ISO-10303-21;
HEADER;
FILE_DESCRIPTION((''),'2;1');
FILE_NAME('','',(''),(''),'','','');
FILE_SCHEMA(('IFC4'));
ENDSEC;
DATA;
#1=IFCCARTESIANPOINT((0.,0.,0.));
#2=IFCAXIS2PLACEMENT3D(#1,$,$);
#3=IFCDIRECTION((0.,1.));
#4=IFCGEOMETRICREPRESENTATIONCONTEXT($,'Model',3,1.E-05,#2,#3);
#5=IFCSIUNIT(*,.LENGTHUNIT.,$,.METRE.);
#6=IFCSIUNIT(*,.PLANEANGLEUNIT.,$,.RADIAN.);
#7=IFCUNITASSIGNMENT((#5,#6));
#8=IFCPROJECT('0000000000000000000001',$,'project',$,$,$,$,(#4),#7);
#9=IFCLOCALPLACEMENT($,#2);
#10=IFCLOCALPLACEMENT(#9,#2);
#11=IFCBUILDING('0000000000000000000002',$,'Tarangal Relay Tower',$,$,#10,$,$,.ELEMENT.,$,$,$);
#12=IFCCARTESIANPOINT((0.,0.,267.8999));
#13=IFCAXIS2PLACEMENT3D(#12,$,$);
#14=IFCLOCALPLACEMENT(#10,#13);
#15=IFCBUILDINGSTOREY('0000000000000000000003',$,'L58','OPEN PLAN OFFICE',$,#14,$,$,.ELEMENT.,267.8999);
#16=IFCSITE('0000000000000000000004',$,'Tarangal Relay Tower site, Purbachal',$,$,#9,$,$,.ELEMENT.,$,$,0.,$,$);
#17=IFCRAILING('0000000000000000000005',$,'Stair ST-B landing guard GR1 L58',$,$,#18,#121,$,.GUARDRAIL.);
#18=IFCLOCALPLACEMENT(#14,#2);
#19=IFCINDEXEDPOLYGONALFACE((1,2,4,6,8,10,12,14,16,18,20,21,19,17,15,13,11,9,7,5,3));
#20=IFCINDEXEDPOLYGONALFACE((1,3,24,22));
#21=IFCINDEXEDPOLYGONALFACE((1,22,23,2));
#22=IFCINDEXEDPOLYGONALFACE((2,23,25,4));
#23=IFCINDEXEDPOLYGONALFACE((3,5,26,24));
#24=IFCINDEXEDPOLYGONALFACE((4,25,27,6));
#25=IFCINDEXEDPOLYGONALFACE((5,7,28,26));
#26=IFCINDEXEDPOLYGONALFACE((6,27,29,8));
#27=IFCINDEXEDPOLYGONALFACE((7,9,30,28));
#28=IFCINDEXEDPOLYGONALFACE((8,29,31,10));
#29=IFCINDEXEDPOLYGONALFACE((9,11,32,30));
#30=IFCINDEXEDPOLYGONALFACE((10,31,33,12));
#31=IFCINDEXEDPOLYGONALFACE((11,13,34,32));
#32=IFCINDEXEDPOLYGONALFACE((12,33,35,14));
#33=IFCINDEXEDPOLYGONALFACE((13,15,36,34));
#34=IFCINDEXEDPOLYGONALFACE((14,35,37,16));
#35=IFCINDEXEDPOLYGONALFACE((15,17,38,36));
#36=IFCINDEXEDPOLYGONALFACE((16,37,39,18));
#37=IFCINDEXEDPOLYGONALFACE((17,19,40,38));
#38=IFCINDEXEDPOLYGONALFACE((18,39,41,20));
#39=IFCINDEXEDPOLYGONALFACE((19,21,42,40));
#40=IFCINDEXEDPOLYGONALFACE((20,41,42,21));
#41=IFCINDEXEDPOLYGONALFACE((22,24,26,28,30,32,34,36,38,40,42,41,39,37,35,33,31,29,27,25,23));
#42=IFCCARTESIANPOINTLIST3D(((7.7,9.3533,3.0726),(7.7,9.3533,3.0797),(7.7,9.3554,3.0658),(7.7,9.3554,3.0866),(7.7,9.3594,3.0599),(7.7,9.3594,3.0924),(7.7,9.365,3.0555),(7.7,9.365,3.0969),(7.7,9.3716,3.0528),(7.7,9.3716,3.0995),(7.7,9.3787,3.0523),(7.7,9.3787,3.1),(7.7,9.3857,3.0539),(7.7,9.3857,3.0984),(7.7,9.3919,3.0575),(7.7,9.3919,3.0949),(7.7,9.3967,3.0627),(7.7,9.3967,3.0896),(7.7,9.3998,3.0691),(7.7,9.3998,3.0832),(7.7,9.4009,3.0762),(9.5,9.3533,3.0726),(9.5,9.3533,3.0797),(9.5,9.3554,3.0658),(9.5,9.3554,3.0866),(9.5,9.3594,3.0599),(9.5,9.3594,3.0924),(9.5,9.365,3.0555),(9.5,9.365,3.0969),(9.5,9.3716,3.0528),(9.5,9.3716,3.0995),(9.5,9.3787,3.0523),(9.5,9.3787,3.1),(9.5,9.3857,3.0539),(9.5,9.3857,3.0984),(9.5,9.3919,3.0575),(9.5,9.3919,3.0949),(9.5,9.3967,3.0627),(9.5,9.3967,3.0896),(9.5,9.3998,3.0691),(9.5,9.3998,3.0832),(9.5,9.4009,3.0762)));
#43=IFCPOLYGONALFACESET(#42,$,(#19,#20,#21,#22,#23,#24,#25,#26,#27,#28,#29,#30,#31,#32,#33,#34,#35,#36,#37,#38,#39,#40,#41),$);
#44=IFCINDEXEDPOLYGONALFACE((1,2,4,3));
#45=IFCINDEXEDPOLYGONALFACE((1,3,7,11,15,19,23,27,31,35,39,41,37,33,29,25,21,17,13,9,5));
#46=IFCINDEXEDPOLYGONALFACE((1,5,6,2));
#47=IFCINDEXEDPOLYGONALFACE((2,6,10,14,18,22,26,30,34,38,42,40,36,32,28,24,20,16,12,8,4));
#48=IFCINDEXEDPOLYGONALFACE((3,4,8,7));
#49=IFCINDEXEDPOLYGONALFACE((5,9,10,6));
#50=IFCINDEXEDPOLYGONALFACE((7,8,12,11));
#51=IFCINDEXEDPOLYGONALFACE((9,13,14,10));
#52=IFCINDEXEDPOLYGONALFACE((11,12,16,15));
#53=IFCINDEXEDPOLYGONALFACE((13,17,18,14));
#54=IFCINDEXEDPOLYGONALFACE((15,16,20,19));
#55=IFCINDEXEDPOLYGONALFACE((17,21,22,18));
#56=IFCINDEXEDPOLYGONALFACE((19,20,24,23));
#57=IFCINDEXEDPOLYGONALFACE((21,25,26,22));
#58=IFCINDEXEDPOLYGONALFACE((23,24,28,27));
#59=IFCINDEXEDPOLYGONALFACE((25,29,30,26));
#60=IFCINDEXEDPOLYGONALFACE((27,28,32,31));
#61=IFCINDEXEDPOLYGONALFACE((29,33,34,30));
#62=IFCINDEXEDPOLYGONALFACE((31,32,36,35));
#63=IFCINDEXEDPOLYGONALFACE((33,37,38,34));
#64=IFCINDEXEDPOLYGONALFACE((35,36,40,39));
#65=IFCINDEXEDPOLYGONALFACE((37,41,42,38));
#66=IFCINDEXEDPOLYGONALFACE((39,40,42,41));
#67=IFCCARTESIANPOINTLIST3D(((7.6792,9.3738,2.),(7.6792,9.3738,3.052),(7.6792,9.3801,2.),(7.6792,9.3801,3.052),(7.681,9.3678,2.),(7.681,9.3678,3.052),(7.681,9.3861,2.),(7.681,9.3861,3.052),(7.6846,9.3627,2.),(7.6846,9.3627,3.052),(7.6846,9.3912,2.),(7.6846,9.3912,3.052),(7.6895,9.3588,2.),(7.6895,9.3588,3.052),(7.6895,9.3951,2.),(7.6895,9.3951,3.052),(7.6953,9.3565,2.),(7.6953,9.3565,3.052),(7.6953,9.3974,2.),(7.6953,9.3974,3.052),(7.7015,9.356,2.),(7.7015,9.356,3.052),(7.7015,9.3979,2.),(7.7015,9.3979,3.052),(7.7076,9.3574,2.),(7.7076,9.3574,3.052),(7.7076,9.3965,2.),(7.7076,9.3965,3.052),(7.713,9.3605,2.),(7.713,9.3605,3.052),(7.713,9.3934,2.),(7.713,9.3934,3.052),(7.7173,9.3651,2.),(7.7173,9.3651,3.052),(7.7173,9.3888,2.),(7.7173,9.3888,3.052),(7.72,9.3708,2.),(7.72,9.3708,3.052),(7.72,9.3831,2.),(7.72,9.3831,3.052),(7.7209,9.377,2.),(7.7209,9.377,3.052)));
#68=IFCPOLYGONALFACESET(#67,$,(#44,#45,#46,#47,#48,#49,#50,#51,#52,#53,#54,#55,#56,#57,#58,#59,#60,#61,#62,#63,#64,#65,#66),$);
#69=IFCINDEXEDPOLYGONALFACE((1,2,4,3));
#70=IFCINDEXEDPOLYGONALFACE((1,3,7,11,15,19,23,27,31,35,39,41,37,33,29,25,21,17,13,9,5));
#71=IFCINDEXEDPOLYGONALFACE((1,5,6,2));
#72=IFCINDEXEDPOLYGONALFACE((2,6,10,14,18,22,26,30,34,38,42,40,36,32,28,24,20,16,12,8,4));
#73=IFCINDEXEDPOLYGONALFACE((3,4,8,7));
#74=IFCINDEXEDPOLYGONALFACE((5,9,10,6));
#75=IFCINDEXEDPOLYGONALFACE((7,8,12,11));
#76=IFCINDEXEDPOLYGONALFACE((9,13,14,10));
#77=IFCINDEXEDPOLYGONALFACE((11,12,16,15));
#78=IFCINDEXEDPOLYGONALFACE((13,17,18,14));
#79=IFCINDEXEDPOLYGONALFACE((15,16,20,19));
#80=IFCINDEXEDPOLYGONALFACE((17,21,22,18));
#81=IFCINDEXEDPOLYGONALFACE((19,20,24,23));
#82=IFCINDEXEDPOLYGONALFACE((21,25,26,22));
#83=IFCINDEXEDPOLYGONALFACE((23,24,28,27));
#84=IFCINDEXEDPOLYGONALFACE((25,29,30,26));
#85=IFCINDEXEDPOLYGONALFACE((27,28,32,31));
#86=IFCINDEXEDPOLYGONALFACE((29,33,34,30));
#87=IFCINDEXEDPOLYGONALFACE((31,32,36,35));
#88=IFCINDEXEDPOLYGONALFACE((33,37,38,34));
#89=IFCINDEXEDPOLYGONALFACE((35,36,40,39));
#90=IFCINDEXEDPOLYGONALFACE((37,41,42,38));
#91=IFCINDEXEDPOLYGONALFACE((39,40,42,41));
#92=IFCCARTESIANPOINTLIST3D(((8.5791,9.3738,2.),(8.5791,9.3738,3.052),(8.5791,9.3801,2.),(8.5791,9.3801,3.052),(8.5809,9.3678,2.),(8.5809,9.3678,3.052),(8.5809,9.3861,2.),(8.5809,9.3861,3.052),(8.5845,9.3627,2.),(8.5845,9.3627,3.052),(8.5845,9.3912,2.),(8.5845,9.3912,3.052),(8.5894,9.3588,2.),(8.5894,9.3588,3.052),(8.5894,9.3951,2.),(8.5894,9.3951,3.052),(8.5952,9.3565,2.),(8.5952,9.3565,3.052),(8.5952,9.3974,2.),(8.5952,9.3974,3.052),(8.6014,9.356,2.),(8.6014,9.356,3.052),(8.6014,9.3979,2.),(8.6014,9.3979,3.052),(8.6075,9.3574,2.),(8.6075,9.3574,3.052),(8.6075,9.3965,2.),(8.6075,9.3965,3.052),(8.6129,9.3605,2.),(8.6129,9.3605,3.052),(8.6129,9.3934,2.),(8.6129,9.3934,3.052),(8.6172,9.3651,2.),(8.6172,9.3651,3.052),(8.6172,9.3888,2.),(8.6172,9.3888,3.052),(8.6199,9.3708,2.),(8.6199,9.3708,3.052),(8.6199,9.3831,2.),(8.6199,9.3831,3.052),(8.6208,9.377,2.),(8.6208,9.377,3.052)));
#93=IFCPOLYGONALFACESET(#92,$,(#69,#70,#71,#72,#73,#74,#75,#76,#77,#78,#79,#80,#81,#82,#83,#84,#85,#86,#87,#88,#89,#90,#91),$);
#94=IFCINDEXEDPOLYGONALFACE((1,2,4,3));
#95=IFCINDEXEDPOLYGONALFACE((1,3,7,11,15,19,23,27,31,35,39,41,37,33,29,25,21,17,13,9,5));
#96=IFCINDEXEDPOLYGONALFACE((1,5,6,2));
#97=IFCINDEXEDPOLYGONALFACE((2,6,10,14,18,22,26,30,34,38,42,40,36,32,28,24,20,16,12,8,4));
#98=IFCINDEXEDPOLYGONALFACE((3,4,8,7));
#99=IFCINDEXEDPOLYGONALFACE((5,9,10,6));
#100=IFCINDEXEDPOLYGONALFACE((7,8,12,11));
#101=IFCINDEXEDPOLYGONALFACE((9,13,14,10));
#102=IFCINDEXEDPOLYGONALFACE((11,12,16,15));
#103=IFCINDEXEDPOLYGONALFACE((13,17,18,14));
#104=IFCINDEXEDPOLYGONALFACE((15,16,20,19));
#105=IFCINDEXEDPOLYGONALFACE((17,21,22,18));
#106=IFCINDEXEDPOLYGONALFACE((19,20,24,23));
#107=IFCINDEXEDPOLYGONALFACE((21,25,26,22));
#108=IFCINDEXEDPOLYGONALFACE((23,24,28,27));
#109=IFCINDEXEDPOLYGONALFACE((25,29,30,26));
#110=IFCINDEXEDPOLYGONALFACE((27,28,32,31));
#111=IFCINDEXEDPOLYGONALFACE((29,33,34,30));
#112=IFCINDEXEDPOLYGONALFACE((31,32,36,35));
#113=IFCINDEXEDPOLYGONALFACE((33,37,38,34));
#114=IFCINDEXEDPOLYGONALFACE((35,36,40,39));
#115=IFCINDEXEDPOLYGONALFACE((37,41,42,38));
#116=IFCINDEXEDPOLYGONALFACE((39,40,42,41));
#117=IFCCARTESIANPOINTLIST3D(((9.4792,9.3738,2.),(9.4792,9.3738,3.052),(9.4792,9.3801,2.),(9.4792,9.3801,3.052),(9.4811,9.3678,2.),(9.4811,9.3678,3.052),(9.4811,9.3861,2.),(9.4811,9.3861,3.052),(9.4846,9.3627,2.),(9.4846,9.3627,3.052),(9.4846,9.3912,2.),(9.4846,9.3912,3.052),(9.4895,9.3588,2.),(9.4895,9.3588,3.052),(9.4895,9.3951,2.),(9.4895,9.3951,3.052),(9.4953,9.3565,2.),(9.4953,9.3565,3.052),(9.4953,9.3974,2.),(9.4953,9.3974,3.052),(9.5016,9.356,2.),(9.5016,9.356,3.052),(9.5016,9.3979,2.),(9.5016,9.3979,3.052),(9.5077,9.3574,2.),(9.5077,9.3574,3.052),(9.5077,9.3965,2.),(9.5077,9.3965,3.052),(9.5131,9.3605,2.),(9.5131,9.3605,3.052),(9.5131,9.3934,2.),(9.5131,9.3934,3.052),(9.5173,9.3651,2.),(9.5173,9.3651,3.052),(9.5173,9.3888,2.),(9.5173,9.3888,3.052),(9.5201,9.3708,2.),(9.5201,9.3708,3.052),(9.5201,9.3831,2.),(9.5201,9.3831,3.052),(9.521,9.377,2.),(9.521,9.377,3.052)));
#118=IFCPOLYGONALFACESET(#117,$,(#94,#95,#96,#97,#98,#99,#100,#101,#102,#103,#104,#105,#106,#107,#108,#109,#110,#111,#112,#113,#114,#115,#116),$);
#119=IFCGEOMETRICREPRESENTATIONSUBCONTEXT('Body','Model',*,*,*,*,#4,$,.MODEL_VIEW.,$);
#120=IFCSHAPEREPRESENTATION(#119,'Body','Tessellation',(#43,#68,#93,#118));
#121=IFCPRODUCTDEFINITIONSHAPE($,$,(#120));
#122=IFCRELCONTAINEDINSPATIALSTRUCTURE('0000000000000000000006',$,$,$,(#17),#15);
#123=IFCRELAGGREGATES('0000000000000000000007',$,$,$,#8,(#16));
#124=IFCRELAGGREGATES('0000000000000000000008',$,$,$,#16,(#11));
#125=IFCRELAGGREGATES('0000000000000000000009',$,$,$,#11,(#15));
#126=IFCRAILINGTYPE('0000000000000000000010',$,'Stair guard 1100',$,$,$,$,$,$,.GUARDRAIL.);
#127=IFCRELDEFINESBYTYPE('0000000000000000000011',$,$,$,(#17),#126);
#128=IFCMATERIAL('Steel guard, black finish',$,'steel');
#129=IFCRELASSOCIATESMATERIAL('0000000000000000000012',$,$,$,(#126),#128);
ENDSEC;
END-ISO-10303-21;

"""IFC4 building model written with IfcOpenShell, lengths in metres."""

from ifc_helpers import new_model, si_unit, direction, frame, origin, origin_2d, place, context, subcontext, project, spatial, circle, extrude, material, type_object, element, save


model = new_model("IFC4")

# Units and contexts
model_context = context("Model", 3, precision=1e-05, world=origin(), true_north=direction((0.0, 1.0)))
body_context = subcontext(model_context, "Body", "Model", "MODEL_VIEW")
ifc_project = project(units=[si_unit("LENGTHUNIT", "METRE"), si_unit("PLANEANGLEUNIT", "RADIAN")], contexts=[model_context])

# Site, building, storey
site_placement = place(None, origin())
site = spatial("IfcSite", under=ifc_project, at=site_placement, Name="Tarangal Relay Tower site, Purbachal", CompositionType="ELEMENT", RefElevation=0.0)
building_placement = place(site_placement, origin())
building = spatial("IfcBuilding", under=site, at=building_placement, Name="Tarangal Relay Tower", CompositionType="ELEMENT")
storey_placement = place(building_placement, frame((0.0, 0.0, 267.8999)))
storey = spatial("IfcBuildingStorey", under=building, at=storey_placement, Name="L58", Description="OPEN PLAN OFFICE", CompositionType="ELEMENT", Elevation=267.8999)

# Railing
ifc_material_1 = material(Name="Steel guard, black finish", Category="steel")
railing_type_1 = type_object("IfcRailingType", Name="Stair guard 1100", PredefinedType="GUARDRAIL", material=ifc_material_1)
railing_1_placement = place(storey_placement, frame((7.7, 9.377, 2.0)))
element("IfcRailing", 1, at=railing_1_placement, inside=storey, type_object=railing_type_1, Name="Stair ST-B landing guard GR1 L58", PredefinedType="GUARDRAIL", context=body_context, shape_type="SweptSolid", body=[
    extrude(circle(Radius=0.0239, at=origin_2d()), frame((0.0, 0.0, 1.0762), z_axis=(1.0, 0.0, 0.0), x_axis=(0.0, 1.0, 0.0)), (0.0, 0.0, 1.0), 1.8),
    extrude(circle(Radius=0.021, at=origin_2d()), origin(), (0.0, 0.0, 1.0), 1.052),
    extrude(circle(Radius=0.021, at=origin_2d()), frame((0.8999, 0.0, 0.0)), (0.0, 0.0, 1.0), 1.052),
    extrude(circle(Radius=0.021, at=origin_2d()), frame((1.8, 0.0, 0.0)), (0.0, 0.0, 1.0), 1.052),
])

save(model, "model.ifc")
